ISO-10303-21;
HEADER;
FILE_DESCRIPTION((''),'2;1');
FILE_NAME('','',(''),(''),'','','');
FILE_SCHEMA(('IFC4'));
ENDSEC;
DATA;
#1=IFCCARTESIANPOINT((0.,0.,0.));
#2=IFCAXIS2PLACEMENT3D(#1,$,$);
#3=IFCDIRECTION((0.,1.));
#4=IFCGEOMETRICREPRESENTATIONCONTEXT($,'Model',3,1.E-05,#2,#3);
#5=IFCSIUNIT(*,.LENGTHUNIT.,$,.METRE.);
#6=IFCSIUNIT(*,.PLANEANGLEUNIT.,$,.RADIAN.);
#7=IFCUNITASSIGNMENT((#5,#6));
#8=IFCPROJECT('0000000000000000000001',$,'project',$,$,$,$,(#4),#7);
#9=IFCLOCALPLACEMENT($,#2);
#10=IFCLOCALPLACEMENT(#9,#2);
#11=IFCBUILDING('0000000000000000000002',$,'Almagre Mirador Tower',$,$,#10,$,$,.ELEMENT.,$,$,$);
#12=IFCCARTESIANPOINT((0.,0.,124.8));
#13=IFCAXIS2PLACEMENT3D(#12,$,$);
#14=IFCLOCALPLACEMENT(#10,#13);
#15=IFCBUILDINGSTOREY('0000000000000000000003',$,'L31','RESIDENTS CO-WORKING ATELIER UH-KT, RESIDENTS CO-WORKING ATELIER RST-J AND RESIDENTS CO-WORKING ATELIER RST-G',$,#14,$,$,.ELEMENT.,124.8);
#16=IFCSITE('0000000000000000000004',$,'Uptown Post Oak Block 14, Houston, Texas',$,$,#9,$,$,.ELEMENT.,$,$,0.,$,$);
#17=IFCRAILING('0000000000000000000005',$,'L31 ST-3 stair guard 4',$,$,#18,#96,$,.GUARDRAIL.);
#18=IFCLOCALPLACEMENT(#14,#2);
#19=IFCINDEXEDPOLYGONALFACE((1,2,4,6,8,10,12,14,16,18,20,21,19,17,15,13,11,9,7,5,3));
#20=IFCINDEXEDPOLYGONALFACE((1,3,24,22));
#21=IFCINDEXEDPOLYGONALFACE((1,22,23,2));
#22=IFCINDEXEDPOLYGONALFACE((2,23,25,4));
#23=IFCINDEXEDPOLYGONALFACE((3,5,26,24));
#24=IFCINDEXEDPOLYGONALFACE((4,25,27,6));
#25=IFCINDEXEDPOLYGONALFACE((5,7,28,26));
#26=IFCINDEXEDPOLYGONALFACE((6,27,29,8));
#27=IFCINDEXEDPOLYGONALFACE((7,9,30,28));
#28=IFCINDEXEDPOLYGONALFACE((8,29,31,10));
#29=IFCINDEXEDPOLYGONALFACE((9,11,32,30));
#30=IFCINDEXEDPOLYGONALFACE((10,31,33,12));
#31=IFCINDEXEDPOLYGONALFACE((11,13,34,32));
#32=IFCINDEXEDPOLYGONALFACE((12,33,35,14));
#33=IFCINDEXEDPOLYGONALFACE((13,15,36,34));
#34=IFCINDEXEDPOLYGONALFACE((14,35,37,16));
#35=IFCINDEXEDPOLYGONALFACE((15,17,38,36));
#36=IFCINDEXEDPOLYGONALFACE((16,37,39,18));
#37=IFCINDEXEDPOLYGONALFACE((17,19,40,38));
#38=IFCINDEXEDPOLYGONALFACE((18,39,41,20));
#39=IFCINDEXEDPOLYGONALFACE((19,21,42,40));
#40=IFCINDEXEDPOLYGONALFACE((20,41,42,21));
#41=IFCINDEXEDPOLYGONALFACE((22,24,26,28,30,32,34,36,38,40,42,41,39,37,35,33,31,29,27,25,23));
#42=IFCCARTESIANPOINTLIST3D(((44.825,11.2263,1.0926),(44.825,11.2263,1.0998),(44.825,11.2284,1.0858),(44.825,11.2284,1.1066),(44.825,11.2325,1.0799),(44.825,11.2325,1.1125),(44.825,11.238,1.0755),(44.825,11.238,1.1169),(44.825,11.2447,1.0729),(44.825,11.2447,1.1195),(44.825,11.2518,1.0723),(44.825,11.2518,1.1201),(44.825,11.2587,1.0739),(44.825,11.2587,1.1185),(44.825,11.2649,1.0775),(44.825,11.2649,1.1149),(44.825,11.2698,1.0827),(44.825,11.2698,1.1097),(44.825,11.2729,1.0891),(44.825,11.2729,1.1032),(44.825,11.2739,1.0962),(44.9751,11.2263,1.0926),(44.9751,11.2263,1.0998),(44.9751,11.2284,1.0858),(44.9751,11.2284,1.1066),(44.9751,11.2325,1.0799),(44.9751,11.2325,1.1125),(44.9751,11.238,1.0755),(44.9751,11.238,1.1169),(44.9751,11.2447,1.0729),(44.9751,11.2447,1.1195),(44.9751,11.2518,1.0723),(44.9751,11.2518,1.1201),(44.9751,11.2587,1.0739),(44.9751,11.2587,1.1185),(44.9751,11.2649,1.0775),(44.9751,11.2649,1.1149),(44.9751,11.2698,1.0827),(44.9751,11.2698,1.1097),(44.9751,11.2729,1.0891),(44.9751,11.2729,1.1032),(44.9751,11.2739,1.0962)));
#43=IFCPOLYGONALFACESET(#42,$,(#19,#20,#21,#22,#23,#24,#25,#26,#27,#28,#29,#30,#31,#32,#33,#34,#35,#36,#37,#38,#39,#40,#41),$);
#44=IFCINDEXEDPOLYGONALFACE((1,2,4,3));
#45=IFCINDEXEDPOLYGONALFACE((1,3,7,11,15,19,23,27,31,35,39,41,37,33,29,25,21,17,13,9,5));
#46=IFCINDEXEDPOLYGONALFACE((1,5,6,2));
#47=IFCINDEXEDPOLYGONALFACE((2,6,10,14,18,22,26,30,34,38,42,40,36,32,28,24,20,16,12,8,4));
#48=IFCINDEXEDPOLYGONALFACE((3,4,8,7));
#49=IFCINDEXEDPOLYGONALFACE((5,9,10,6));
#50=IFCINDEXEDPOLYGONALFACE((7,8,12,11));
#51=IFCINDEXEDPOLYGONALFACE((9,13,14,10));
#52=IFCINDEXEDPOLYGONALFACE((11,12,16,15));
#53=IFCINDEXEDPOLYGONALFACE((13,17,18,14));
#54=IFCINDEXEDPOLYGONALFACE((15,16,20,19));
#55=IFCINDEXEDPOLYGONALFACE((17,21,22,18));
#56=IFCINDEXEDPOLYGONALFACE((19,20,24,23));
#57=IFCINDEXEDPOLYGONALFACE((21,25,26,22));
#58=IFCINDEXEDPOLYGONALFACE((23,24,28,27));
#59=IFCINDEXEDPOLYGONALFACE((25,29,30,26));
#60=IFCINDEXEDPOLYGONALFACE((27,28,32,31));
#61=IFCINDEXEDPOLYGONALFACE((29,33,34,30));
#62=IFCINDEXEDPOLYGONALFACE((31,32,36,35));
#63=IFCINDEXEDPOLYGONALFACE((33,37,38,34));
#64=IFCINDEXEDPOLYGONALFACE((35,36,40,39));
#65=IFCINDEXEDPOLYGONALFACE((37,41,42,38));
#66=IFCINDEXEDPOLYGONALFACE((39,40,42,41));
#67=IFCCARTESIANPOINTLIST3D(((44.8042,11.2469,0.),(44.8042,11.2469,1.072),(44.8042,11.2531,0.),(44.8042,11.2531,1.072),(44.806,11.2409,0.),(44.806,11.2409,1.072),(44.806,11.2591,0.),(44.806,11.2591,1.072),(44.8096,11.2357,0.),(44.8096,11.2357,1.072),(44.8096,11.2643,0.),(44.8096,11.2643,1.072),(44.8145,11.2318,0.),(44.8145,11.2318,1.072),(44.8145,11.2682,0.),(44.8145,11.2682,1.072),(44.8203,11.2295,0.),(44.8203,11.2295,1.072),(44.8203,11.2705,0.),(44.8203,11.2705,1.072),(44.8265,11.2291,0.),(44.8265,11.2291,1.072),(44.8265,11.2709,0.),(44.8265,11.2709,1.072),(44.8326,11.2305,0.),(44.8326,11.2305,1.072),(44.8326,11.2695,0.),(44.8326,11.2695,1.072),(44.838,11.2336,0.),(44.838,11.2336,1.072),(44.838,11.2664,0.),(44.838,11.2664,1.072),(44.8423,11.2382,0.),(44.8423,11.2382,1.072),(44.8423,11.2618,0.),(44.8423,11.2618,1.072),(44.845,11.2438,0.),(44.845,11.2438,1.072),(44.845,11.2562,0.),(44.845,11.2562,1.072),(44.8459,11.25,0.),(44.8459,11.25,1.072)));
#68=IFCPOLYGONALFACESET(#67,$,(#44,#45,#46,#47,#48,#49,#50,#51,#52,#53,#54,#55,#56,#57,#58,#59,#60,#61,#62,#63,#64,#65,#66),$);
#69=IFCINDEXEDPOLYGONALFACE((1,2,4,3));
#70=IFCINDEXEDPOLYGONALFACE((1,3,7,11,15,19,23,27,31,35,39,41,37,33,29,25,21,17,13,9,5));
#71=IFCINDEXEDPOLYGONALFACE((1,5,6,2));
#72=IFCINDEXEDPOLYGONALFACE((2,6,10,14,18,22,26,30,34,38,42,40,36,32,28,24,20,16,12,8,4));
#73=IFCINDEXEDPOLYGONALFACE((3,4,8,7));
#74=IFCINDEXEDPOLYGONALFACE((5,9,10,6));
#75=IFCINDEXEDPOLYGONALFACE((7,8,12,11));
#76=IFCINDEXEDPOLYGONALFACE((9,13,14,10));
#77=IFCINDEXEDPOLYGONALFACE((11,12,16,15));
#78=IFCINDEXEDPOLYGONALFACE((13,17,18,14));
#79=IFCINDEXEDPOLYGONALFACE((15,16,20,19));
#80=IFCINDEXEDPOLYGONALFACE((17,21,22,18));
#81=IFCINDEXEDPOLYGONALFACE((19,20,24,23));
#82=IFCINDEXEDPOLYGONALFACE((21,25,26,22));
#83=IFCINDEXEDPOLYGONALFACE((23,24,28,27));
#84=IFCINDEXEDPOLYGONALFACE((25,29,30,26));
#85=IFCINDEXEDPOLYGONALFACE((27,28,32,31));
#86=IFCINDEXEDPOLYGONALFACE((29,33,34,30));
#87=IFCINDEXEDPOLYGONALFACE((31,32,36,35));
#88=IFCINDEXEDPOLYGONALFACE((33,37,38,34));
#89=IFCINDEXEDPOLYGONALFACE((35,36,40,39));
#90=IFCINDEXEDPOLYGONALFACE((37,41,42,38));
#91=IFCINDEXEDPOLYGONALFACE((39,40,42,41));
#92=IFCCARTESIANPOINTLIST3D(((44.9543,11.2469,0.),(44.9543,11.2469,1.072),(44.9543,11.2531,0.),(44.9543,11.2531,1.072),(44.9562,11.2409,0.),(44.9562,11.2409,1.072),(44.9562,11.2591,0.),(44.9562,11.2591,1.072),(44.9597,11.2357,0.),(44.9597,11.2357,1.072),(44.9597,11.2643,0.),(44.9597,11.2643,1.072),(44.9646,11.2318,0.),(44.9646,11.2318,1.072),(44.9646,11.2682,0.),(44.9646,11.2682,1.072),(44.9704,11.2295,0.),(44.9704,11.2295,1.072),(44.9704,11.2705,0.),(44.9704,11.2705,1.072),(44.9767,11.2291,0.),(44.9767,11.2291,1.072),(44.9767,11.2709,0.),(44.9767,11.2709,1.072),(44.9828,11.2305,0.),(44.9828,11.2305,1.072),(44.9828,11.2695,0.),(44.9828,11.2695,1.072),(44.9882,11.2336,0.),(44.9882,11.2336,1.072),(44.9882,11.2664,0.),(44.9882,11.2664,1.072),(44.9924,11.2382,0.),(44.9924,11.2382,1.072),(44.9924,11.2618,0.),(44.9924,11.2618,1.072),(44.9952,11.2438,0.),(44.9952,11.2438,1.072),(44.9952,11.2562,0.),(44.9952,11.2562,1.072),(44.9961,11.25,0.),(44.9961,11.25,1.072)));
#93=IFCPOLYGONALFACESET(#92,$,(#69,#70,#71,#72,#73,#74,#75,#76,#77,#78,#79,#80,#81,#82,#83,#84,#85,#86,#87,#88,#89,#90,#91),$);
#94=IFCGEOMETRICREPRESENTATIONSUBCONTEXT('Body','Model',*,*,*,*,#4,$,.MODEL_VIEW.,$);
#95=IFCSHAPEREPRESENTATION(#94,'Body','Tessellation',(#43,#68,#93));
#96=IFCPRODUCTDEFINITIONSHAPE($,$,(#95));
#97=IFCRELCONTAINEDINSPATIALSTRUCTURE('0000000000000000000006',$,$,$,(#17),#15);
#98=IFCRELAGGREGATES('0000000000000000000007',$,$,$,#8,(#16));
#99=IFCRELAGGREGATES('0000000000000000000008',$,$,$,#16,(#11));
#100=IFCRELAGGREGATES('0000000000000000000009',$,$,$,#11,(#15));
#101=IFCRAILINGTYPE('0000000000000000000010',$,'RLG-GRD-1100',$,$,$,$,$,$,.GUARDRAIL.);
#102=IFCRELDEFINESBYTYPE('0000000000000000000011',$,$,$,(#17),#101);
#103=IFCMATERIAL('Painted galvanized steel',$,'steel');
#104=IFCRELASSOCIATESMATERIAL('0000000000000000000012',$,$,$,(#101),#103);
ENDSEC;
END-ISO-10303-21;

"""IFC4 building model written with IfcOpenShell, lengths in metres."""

from ifc_helpers import new_model, si_unit, direction, frame, origin, origin_2d, place, context, subcontext, project, spatial, circle, extrude, material, type_object, element, save


model = new_model("IFC4")

# Units and contexts
model_context = context("Model", 3, precision=1e-05, world=origin(), true_north=direction((0.0, 1.0)))
body_context = subcontext(model_context, "Body", "Model", "MODEL_VIEW")
ifc_project = project(units=[si_unit("LENGTHUNIT", "METRE"), si_unit("PLANEANGLEUNIT", "RADIAN")], contexts=[model_context])

# Site, building, storey
site_placement = place(None, origin())
site = spatial("IfcSite", under=ifc_project, at=site_placement, Name="Uptown Post Oak Block 14, Houston, Texas", CompositionType="ELEMENT", RefElevation=0.0)
building_placement = place(site_placement, origin())
building = spatial("IfcBuilding", under=site, at=building_placement, Name="Almagre Mirador Tower", CompositionType="ELEMENT")
storey_placement = place(building_placement, frame((0.0, 0.0, 124.8)))
storey = spatial("IfcBuildingStorey", under=building, at=storey_placement, Name="L31", Description="RESIDENTS CO-WORKING ATELIER UH-KT, RESIDENTS CO-WORKING ATELIER RST-J AND RESIDENTS CO-WORKING ATELIER RST-G", CompositionType="ELEMENT", Elevation=124.8)

# Railing
ifc_material_1 = material(Name="Painted galvanized steel", Category="steel")
railing_type_1 = type_object("IfcRailingType", Name="RLG-GRD-1100", PredefinedType="GUARDRAIL", material=ifc_material_1)
railing_1_placement = place(storey_placement, frame((44.825, 11.25, 0.0)))
element("IfcRailing", 1, at=railing_1_placement, inside=storey, type_object=railing_type_1, Name="L31 ST-3 stair guard 4", PredefinedType="GUARDRAIL", context=body_context, shape_type="SweptSolid", body=[
    extrude(circle(Radius=0.0239, at=origin_2d()), frame((0.0, 0.0, 1.0962), z_axis=(1.0, 0.0, 0.0), x_axis=(0.0, 1.0, 0.0)), (0.0, 0.0, 1.0), 0.1501),
    extrude(circle(Radius=0.021, at=origin_2d()), origin(), (0.0, 0.0, 1.0), 1.072),
    extrude(circle(Radius=0.021, at=origin_2d()), frame((0.1501, 0.0, 0.0)), (0.0, 0.0, 1.0), 1.072),
])

save(model, "model.ifc")
